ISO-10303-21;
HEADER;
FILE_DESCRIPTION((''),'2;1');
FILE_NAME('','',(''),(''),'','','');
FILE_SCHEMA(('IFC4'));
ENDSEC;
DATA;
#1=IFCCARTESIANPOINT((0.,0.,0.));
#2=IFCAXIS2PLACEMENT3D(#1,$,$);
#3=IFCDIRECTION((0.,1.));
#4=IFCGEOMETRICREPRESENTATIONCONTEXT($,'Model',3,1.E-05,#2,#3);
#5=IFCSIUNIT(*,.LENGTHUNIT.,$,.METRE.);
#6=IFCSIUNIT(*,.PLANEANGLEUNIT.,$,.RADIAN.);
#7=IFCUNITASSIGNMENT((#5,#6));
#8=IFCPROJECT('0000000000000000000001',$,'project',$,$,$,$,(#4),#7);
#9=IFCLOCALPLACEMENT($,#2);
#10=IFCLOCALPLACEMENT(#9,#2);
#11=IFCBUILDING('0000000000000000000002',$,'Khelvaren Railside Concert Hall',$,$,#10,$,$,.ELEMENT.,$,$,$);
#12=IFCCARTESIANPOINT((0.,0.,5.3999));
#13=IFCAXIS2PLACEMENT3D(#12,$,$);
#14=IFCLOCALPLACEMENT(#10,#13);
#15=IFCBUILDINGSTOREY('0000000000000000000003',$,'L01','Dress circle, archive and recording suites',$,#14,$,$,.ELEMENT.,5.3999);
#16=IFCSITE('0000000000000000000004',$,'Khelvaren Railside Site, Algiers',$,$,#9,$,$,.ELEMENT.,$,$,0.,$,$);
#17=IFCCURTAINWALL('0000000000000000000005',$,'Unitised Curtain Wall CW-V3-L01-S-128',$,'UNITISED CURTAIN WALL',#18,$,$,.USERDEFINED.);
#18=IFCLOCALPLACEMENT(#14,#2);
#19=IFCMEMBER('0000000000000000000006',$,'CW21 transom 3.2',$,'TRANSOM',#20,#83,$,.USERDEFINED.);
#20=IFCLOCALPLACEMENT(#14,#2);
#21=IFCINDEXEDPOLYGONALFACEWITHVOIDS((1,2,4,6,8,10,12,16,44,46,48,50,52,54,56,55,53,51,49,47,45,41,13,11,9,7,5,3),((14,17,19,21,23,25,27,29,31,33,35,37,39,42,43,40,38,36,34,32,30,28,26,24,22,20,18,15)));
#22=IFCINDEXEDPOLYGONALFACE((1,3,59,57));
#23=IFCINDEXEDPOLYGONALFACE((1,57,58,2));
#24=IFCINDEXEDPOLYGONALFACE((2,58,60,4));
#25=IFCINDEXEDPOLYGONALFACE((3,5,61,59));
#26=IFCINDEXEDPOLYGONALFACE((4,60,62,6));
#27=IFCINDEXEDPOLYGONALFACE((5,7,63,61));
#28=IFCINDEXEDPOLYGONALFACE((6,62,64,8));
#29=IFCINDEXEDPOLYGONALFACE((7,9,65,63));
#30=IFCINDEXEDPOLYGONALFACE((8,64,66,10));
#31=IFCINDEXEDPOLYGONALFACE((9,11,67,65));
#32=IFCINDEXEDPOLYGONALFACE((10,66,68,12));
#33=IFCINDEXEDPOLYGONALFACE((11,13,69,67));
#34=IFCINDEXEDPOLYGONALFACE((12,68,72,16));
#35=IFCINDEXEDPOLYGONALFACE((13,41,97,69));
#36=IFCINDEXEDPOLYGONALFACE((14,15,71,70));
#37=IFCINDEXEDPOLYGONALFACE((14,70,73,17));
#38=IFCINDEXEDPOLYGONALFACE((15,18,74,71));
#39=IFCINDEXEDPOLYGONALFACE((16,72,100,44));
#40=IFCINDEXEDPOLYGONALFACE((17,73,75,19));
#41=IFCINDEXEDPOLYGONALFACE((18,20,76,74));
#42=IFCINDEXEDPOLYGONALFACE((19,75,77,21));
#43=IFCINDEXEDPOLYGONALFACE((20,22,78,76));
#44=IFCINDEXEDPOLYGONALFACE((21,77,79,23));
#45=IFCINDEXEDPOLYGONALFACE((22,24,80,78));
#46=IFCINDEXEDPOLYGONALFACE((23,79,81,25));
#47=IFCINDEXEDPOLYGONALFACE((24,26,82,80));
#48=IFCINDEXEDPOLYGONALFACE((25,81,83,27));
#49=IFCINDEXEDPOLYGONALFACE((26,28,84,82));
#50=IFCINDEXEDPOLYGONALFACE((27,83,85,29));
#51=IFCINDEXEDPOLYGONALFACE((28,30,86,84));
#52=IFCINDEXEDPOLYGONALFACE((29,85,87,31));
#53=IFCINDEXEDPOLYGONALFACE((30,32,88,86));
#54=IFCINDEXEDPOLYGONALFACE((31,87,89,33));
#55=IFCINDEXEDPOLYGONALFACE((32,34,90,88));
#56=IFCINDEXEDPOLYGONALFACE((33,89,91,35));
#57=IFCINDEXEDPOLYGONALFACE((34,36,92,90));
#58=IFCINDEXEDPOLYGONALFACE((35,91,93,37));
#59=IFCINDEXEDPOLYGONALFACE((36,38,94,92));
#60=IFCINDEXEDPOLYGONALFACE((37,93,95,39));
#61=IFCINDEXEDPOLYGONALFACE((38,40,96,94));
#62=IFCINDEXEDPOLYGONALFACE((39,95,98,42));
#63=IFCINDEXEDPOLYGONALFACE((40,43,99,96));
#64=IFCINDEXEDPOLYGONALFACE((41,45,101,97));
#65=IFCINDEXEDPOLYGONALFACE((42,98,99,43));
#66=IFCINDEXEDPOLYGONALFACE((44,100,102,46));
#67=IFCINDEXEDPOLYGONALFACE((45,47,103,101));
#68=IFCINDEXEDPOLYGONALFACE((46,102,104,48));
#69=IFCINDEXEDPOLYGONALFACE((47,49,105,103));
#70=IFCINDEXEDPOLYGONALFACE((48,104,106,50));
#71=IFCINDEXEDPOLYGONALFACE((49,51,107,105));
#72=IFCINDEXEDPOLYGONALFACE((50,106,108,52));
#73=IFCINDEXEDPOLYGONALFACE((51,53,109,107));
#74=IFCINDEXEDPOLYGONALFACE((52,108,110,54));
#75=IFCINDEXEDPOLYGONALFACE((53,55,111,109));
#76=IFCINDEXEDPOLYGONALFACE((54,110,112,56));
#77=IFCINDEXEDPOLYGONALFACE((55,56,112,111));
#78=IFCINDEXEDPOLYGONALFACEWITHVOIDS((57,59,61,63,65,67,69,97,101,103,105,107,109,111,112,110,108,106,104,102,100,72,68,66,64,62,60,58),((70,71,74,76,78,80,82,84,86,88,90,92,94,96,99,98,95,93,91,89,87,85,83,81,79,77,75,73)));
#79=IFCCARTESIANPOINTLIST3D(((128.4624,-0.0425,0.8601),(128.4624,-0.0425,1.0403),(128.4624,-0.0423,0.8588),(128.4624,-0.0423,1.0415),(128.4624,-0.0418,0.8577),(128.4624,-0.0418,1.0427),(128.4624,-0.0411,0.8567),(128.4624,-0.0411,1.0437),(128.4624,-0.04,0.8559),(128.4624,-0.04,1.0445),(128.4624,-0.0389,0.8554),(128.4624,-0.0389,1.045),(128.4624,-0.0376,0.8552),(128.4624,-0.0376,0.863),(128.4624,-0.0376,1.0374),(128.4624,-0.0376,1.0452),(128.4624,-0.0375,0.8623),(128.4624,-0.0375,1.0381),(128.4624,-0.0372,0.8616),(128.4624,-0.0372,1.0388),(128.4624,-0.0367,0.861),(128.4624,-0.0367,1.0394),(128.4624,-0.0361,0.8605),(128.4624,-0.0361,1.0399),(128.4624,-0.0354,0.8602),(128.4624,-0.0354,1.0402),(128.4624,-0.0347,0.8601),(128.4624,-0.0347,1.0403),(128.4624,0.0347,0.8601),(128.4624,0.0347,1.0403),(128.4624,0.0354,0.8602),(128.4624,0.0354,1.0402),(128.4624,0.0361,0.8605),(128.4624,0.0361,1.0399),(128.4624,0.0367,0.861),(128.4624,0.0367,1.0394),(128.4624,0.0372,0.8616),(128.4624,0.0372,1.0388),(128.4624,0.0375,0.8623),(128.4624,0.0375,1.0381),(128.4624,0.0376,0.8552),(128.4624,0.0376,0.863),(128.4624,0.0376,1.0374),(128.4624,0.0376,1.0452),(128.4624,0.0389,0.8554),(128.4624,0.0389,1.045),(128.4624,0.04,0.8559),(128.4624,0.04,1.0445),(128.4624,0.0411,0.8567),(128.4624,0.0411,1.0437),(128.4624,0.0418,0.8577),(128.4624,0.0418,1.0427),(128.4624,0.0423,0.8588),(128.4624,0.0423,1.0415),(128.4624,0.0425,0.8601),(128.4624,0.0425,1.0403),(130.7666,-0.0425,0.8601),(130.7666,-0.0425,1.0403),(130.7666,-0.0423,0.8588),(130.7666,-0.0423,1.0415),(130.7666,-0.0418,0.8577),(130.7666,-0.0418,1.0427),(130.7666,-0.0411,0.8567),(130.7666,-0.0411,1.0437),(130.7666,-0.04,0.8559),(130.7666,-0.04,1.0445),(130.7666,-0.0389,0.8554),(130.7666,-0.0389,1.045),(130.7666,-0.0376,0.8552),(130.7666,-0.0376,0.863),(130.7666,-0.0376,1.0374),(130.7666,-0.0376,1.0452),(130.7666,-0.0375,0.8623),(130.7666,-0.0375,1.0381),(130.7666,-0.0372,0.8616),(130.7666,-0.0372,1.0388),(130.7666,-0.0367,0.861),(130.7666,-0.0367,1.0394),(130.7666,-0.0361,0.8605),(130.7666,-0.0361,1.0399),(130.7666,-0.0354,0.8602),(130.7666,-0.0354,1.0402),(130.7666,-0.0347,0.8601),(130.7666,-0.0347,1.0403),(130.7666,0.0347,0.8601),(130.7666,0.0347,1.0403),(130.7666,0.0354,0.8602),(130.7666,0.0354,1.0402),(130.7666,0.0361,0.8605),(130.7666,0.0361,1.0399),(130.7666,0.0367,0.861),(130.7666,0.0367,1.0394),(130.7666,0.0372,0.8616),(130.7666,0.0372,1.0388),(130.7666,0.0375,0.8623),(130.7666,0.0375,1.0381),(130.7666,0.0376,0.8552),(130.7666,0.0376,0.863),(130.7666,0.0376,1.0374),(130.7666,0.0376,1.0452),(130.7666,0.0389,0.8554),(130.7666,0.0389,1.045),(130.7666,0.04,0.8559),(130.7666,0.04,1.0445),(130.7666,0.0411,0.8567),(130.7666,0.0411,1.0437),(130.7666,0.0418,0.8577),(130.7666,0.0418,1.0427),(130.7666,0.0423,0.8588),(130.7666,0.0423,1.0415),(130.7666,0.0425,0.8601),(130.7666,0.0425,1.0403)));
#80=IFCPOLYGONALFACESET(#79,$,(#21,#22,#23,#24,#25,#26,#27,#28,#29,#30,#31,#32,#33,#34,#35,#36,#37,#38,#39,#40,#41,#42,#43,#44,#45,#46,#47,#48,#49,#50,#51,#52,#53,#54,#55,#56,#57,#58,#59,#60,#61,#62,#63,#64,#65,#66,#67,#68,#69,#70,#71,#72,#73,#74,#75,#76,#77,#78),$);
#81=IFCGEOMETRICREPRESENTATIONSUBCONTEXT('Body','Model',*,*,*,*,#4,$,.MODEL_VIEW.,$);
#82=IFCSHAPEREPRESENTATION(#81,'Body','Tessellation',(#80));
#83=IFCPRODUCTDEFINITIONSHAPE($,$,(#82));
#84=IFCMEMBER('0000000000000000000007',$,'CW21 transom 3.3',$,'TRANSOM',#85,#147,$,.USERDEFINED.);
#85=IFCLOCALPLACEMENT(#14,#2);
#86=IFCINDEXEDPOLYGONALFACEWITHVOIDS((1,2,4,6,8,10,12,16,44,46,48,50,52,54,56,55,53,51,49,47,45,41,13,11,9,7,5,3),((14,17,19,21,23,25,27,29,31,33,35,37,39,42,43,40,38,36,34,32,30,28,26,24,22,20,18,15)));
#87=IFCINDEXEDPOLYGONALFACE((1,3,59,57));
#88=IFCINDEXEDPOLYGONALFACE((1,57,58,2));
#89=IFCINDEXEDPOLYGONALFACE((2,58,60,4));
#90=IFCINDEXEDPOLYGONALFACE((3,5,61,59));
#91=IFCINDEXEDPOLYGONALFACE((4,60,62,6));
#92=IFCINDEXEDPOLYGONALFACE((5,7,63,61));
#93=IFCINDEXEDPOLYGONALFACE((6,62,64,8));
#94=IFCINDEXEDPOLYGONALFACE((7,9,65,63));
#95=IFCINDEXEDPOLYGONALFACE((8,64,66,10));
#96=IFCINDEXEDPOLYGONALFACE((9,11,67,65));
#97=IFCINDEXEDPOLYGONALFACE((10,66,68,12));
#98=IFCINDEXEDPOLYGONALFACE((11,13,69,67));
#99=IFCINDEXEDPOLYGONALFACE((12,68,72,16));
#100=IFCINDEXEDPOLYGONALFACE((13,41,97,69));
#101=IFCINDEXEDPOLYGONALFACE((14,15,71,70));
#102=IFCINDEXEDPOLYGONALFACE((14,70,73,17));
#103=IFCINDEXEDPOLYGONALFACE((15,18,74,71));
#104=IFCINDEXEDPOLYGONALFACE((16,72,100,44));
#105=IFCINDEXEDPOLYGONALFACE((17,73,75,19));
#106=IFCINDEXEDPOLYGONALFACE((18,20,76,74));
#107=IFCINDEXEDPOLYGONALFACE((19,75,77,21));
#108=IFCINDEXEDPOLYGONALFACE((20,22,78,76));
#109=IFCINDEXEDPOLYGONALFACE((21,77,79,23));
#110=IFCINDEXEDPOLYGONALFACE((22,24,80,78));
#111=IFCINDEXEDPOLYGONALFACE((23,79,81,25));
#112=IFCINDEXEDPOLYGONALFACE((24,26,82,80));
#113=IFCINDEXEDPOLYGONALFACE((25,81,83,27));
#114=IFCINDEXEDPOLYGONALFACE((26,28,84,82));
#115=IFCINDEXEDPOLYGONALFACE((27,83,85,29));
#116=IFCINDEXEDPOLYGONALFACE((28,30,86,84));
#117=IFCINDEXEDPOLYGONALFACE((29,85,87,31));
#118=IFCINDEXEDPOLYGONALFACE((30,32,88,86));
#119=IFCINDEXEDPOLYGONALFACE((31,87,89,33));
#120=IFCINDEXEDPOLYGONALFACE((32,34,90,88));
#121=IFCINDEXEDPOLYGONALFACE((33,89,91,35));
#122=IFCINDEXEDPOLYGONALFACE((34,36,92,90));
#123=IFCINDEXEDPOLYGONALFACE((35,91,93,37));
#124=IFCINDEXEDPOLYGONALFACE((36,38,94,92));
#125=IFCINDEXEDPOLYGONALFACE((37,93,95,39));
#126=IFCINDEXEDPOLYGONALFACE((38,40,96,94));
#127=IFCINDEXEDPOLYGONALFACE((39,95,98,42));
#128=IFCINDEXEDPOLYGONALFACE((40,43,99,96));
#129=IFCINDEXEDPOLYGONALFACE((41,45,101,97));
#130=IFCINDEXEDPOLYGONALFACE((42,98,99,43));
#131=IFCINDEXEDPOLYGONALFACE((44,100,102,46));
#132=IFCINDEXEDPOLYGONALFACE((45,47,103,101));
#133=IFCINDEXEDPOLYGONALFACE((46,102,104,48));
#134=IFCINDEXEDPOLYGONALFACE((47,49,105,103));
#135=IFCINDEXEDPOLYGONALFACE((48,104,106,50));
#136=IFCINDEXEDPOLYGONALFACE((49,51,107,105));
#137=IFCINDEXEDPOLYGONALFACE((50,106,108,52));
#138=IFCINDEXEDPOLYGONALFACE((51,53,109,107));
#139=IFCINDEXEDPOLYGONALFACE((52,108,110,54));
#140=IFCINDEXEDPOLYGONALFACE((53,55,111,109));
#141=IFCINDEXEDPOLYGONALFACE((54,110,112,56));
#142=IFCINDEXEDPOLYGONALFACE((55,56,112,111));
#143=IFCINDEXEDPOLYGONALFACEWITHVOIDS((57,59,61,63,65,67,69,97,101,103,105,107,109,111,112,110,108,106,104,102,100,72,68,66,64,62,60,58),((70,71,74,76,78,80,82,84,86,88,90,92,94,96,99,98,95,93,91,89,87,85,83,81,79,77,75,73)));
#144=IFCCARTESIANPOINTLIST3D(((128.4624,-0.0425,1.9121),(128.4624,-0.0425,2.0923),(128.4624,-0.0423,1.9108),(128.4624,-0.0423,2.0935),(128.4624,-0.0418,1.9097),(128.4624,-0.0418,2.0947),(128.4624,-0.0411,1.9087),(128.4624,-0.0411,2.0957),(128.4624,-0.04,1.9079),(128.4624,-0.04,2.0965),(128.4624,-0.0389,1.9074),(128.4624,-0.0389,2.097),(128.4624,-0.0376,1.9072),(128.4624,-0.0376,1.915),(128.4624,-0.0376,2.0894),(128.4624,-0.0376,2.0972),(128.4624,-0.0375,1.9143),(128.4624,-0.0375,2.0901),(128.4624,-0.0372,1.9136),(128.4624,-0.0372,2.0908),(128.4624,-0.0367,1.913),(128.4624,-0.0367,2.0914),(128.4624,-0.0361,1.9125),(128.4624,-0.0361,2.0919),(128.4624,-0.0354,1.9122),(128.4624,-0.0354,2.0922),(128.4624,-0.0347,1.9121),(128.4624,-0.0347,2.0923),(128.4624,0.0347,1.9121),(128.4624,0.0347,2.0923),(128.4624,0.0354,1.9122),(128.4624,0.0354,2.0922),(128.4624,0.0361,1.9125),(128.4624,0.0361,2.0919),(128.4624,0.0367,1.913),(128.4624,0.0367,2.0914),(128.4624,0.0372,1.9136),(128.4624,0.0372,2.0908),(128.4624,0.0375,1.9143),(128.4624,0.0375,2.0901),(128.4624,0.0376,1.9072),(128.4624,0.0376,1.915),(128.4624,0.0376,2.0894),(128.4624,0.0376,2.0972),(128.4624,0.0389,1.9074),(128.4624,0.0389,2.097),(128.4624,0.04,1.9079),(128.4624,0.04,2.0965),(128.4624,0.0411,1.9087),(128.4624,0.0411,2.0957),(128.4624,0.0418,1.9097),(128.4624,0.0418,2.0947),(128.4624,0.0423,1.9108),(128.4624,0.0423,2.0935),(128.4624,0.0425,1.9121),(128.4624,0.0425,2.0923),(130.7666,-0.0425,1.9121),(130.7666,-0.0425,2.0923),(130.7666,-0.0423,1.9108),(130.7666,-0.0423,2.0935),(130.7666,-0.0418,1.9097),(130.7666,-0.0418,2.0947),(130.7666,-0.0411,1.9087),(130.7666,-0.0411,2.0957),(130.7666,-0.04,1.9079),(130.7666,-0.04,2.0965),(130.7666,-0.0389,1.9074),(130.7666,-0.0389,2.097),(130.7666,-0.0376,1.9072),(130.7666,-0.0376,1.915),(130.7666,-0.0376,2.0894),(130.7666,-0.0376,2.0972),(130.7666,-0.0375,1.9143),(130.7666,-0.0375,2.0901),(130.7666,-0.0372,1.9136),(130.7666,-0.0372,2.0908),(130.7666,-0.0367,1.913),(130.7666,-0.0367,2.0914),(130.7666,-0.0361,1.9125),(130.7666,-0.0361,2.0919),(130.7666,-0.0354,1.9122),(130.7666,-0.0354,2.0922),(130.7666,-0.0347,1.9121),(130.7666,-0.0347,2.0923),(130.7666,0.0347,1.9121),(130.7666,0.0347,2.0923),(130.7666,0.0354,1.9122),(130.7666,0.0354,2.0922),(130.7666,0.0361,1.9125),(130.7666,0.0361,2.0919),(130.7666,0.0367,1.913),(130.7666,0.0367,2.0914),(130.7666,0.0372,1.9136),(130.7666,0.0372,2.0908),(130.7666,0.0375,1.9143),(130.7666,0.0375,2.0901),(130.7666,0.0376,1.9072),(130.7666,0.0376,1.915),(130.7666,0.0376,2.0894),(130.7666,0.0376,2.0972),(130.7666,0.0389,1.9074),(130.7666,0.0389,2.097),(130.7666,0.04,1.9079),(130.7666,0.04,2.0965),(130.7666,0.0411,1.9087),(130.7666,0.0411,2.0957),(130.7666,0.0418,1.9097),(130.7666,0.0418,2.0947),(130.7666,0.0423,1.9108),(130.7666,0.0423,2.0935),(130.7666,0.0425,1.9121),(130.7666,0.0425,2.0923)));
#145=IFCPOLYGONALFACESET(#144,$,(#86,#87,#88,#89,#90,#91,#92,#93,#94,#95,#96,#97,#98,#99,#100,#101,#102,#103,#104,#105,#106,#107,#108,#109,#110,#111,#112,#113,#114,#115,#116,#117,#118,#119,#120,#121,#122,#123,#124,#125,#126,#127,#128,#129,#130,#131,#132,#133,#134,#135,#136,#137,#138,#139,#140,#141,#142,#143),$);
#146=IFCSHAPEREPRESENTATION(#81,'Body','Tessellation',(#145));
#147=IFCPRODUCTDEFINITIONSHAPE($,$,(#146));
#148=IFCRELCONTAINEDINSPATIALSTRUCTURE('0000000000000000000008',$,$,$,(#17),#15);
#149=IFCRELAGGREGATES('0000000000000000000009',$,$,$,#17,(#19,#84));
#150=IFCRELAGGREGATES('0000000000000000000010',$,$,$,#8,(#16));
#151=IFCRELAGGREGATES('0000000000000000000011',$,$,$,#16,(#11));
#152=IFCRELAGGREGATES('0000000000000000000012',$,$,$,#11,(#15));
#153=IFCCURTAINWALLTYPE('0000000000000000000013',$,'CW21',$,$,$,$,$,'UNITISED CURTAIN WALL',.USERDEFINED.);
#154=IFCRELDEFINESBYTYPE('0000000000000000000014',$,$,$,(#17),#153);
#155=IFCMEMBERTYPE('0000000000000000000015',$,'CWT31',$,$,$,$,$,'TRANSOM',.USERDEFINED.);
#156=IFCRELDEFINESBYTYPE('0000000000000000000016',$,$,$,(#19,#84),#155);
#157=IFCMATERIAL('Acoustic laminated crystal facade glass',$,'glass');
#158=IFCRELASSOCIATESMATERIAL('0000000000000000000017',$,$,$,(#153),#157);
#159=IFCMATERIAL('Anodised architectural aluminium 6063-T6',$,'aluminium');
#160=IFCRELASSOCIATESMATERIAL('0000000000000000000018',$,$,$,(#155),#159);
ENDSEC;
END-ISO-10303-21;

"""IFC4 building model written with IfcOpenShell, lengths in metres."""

from ifc_helpers import new_model, si_unit, direction, frame, origin, origin_2d, place, context, subcontext, project, spatial, hollow_rectangle, extrude, material, material_profile, profile_set, type_object, element, aggregate, save


model = new_model("IFC4")

# Units and contexts
model_context = context("Model", 3, precision=1e-05, world=origin(), true_north=direction((0.0, 1.0)))
body_context = subcontext(model_context, "Body", "Model", "MODEL_VIEW")
ifc_project = project(units=[si_unit("LENGTHUNIT", "METRE"), si_unit("PLANEANGLEUNIT", "RADIAN")], contexts=[model_context])

# Site, building, storey
site_placement = place(None, origin())
site = spatial("IfcSite", under=ifc_project, at=site_placement, Name="Khelvaren Railside Site, Algiers", CompositionType="ELEMENT", RefElevation=0.0)
building_placement = place(site_placement, origin())
building = spatial("IfcBuilding", under=site, at=building_placement, Name="Khelvaren Railside Concert Hall", CompositionType="ELEMENT")
storey_placement = place(building_placement, frame((0.0, 0.0, 5.3999)))
storey = spatial("IfcBuildingStorey", under=building, at=storey_placement, Name="L01", Description="Dress circle, archive and recording suites", CompositionType="ELEMENT", Elevation=5.3999)

# Curtain wall, members
ifc_material_1 = material(Name="Acoustic laminated crystal facade glass", Category="glass")
curtain_wall_type = type_object("IfcCurtainWallType", Name="CW21", ElementType="UNITISED CURTAIN WALL", PredefinedType="USERDEFINED", material=ifc_material_1)
curtain_wall_placement = place(storey_placement, origin())
curtain_wall = element("IfcCurtainWall", 1, at=curtain_wall_placement, inside=storey, type_object=curtain_wall_type, Name="Unitised Curtain Wall CW-V3-L01-S-128", ObjectType="UNITISED CURTAIN WALL", PredefinedType="USERDEFINED")
ifc_material_2 = material(Name="Anodised architectural aluminium 6063-T6", Category="aluminium")
ifc_material_profile_1 = material_profile(ifc_material_2, hollow_rectangle(XDim=0.085, YDim=0.1899, WallThickness=0.0049, InnerFilletRadius=0.0029, OuterFilletRadius=0.0049, at=origin_2d()), Name="CWT 85x190x5")
ifc_profile_set_1 = profile_set([ifc_material_profile_1], Name="Anodised architectural aluminium 6063-T6")
member_type_1 = type_object("IfcMemberType", Name="CWT31", ElementType="TRANSOM", PredefinedType="USERDEFINED", material=ifc_profile_set_1)
member_1_placement = place(storey_placement, frame((130.7666, 0.0, 0.9502), z_axis=(-1.0, 0.0, 0.0), x_axis=(0.0, -1.0, 0.0)))
member_1 = element("IfcMember", 2, at=member_1_placement, type_object=member_type_1, Name="CW21 transom 3.2", ObjectType="TRANSOM", PredefinedType="USERDEFINED", context=body_context, shape_type="SweptSolid", body=[
    extrude(hollow_rectangle(XDim=0.085, YDim=0.1899, WallThickness=0.0049, InnerFilletRadius=0.0029, OuterFilletRadius=0.0049, at=origin_2d()), origin(), (0.0, 0.0, 1.0), 2.3042),
])
member_2_placement = place(storey_placement, frame((130.7666, 0.0, 2.0022), z_axis=(-1.0, 0.0, 0.0), x_axis=(0.0, -1.0, 0.0)))
member_2 = element("IfcMember", 3, at=member_2_placement, type_object=member_type_1, Name="CW21 transom 3.3", ObjectType="TRANSOM", PredefinedType="USERDEFINED", context=body_context, shape_type="SweptSolid", body=[
    extrude(hollow_rectangle(XDim=0.085, YDim=0.1899, WallThickness=0.0049, InnerFilletRadius=0.0029, OuterFilletRadius=0.0049, at=origin_2d()), origin(), (0.0, 0.0, 1.0), 2.3042),
])

aggregate(curtain_wall, [member_1, member_2])

save(model, "model.ifc")
